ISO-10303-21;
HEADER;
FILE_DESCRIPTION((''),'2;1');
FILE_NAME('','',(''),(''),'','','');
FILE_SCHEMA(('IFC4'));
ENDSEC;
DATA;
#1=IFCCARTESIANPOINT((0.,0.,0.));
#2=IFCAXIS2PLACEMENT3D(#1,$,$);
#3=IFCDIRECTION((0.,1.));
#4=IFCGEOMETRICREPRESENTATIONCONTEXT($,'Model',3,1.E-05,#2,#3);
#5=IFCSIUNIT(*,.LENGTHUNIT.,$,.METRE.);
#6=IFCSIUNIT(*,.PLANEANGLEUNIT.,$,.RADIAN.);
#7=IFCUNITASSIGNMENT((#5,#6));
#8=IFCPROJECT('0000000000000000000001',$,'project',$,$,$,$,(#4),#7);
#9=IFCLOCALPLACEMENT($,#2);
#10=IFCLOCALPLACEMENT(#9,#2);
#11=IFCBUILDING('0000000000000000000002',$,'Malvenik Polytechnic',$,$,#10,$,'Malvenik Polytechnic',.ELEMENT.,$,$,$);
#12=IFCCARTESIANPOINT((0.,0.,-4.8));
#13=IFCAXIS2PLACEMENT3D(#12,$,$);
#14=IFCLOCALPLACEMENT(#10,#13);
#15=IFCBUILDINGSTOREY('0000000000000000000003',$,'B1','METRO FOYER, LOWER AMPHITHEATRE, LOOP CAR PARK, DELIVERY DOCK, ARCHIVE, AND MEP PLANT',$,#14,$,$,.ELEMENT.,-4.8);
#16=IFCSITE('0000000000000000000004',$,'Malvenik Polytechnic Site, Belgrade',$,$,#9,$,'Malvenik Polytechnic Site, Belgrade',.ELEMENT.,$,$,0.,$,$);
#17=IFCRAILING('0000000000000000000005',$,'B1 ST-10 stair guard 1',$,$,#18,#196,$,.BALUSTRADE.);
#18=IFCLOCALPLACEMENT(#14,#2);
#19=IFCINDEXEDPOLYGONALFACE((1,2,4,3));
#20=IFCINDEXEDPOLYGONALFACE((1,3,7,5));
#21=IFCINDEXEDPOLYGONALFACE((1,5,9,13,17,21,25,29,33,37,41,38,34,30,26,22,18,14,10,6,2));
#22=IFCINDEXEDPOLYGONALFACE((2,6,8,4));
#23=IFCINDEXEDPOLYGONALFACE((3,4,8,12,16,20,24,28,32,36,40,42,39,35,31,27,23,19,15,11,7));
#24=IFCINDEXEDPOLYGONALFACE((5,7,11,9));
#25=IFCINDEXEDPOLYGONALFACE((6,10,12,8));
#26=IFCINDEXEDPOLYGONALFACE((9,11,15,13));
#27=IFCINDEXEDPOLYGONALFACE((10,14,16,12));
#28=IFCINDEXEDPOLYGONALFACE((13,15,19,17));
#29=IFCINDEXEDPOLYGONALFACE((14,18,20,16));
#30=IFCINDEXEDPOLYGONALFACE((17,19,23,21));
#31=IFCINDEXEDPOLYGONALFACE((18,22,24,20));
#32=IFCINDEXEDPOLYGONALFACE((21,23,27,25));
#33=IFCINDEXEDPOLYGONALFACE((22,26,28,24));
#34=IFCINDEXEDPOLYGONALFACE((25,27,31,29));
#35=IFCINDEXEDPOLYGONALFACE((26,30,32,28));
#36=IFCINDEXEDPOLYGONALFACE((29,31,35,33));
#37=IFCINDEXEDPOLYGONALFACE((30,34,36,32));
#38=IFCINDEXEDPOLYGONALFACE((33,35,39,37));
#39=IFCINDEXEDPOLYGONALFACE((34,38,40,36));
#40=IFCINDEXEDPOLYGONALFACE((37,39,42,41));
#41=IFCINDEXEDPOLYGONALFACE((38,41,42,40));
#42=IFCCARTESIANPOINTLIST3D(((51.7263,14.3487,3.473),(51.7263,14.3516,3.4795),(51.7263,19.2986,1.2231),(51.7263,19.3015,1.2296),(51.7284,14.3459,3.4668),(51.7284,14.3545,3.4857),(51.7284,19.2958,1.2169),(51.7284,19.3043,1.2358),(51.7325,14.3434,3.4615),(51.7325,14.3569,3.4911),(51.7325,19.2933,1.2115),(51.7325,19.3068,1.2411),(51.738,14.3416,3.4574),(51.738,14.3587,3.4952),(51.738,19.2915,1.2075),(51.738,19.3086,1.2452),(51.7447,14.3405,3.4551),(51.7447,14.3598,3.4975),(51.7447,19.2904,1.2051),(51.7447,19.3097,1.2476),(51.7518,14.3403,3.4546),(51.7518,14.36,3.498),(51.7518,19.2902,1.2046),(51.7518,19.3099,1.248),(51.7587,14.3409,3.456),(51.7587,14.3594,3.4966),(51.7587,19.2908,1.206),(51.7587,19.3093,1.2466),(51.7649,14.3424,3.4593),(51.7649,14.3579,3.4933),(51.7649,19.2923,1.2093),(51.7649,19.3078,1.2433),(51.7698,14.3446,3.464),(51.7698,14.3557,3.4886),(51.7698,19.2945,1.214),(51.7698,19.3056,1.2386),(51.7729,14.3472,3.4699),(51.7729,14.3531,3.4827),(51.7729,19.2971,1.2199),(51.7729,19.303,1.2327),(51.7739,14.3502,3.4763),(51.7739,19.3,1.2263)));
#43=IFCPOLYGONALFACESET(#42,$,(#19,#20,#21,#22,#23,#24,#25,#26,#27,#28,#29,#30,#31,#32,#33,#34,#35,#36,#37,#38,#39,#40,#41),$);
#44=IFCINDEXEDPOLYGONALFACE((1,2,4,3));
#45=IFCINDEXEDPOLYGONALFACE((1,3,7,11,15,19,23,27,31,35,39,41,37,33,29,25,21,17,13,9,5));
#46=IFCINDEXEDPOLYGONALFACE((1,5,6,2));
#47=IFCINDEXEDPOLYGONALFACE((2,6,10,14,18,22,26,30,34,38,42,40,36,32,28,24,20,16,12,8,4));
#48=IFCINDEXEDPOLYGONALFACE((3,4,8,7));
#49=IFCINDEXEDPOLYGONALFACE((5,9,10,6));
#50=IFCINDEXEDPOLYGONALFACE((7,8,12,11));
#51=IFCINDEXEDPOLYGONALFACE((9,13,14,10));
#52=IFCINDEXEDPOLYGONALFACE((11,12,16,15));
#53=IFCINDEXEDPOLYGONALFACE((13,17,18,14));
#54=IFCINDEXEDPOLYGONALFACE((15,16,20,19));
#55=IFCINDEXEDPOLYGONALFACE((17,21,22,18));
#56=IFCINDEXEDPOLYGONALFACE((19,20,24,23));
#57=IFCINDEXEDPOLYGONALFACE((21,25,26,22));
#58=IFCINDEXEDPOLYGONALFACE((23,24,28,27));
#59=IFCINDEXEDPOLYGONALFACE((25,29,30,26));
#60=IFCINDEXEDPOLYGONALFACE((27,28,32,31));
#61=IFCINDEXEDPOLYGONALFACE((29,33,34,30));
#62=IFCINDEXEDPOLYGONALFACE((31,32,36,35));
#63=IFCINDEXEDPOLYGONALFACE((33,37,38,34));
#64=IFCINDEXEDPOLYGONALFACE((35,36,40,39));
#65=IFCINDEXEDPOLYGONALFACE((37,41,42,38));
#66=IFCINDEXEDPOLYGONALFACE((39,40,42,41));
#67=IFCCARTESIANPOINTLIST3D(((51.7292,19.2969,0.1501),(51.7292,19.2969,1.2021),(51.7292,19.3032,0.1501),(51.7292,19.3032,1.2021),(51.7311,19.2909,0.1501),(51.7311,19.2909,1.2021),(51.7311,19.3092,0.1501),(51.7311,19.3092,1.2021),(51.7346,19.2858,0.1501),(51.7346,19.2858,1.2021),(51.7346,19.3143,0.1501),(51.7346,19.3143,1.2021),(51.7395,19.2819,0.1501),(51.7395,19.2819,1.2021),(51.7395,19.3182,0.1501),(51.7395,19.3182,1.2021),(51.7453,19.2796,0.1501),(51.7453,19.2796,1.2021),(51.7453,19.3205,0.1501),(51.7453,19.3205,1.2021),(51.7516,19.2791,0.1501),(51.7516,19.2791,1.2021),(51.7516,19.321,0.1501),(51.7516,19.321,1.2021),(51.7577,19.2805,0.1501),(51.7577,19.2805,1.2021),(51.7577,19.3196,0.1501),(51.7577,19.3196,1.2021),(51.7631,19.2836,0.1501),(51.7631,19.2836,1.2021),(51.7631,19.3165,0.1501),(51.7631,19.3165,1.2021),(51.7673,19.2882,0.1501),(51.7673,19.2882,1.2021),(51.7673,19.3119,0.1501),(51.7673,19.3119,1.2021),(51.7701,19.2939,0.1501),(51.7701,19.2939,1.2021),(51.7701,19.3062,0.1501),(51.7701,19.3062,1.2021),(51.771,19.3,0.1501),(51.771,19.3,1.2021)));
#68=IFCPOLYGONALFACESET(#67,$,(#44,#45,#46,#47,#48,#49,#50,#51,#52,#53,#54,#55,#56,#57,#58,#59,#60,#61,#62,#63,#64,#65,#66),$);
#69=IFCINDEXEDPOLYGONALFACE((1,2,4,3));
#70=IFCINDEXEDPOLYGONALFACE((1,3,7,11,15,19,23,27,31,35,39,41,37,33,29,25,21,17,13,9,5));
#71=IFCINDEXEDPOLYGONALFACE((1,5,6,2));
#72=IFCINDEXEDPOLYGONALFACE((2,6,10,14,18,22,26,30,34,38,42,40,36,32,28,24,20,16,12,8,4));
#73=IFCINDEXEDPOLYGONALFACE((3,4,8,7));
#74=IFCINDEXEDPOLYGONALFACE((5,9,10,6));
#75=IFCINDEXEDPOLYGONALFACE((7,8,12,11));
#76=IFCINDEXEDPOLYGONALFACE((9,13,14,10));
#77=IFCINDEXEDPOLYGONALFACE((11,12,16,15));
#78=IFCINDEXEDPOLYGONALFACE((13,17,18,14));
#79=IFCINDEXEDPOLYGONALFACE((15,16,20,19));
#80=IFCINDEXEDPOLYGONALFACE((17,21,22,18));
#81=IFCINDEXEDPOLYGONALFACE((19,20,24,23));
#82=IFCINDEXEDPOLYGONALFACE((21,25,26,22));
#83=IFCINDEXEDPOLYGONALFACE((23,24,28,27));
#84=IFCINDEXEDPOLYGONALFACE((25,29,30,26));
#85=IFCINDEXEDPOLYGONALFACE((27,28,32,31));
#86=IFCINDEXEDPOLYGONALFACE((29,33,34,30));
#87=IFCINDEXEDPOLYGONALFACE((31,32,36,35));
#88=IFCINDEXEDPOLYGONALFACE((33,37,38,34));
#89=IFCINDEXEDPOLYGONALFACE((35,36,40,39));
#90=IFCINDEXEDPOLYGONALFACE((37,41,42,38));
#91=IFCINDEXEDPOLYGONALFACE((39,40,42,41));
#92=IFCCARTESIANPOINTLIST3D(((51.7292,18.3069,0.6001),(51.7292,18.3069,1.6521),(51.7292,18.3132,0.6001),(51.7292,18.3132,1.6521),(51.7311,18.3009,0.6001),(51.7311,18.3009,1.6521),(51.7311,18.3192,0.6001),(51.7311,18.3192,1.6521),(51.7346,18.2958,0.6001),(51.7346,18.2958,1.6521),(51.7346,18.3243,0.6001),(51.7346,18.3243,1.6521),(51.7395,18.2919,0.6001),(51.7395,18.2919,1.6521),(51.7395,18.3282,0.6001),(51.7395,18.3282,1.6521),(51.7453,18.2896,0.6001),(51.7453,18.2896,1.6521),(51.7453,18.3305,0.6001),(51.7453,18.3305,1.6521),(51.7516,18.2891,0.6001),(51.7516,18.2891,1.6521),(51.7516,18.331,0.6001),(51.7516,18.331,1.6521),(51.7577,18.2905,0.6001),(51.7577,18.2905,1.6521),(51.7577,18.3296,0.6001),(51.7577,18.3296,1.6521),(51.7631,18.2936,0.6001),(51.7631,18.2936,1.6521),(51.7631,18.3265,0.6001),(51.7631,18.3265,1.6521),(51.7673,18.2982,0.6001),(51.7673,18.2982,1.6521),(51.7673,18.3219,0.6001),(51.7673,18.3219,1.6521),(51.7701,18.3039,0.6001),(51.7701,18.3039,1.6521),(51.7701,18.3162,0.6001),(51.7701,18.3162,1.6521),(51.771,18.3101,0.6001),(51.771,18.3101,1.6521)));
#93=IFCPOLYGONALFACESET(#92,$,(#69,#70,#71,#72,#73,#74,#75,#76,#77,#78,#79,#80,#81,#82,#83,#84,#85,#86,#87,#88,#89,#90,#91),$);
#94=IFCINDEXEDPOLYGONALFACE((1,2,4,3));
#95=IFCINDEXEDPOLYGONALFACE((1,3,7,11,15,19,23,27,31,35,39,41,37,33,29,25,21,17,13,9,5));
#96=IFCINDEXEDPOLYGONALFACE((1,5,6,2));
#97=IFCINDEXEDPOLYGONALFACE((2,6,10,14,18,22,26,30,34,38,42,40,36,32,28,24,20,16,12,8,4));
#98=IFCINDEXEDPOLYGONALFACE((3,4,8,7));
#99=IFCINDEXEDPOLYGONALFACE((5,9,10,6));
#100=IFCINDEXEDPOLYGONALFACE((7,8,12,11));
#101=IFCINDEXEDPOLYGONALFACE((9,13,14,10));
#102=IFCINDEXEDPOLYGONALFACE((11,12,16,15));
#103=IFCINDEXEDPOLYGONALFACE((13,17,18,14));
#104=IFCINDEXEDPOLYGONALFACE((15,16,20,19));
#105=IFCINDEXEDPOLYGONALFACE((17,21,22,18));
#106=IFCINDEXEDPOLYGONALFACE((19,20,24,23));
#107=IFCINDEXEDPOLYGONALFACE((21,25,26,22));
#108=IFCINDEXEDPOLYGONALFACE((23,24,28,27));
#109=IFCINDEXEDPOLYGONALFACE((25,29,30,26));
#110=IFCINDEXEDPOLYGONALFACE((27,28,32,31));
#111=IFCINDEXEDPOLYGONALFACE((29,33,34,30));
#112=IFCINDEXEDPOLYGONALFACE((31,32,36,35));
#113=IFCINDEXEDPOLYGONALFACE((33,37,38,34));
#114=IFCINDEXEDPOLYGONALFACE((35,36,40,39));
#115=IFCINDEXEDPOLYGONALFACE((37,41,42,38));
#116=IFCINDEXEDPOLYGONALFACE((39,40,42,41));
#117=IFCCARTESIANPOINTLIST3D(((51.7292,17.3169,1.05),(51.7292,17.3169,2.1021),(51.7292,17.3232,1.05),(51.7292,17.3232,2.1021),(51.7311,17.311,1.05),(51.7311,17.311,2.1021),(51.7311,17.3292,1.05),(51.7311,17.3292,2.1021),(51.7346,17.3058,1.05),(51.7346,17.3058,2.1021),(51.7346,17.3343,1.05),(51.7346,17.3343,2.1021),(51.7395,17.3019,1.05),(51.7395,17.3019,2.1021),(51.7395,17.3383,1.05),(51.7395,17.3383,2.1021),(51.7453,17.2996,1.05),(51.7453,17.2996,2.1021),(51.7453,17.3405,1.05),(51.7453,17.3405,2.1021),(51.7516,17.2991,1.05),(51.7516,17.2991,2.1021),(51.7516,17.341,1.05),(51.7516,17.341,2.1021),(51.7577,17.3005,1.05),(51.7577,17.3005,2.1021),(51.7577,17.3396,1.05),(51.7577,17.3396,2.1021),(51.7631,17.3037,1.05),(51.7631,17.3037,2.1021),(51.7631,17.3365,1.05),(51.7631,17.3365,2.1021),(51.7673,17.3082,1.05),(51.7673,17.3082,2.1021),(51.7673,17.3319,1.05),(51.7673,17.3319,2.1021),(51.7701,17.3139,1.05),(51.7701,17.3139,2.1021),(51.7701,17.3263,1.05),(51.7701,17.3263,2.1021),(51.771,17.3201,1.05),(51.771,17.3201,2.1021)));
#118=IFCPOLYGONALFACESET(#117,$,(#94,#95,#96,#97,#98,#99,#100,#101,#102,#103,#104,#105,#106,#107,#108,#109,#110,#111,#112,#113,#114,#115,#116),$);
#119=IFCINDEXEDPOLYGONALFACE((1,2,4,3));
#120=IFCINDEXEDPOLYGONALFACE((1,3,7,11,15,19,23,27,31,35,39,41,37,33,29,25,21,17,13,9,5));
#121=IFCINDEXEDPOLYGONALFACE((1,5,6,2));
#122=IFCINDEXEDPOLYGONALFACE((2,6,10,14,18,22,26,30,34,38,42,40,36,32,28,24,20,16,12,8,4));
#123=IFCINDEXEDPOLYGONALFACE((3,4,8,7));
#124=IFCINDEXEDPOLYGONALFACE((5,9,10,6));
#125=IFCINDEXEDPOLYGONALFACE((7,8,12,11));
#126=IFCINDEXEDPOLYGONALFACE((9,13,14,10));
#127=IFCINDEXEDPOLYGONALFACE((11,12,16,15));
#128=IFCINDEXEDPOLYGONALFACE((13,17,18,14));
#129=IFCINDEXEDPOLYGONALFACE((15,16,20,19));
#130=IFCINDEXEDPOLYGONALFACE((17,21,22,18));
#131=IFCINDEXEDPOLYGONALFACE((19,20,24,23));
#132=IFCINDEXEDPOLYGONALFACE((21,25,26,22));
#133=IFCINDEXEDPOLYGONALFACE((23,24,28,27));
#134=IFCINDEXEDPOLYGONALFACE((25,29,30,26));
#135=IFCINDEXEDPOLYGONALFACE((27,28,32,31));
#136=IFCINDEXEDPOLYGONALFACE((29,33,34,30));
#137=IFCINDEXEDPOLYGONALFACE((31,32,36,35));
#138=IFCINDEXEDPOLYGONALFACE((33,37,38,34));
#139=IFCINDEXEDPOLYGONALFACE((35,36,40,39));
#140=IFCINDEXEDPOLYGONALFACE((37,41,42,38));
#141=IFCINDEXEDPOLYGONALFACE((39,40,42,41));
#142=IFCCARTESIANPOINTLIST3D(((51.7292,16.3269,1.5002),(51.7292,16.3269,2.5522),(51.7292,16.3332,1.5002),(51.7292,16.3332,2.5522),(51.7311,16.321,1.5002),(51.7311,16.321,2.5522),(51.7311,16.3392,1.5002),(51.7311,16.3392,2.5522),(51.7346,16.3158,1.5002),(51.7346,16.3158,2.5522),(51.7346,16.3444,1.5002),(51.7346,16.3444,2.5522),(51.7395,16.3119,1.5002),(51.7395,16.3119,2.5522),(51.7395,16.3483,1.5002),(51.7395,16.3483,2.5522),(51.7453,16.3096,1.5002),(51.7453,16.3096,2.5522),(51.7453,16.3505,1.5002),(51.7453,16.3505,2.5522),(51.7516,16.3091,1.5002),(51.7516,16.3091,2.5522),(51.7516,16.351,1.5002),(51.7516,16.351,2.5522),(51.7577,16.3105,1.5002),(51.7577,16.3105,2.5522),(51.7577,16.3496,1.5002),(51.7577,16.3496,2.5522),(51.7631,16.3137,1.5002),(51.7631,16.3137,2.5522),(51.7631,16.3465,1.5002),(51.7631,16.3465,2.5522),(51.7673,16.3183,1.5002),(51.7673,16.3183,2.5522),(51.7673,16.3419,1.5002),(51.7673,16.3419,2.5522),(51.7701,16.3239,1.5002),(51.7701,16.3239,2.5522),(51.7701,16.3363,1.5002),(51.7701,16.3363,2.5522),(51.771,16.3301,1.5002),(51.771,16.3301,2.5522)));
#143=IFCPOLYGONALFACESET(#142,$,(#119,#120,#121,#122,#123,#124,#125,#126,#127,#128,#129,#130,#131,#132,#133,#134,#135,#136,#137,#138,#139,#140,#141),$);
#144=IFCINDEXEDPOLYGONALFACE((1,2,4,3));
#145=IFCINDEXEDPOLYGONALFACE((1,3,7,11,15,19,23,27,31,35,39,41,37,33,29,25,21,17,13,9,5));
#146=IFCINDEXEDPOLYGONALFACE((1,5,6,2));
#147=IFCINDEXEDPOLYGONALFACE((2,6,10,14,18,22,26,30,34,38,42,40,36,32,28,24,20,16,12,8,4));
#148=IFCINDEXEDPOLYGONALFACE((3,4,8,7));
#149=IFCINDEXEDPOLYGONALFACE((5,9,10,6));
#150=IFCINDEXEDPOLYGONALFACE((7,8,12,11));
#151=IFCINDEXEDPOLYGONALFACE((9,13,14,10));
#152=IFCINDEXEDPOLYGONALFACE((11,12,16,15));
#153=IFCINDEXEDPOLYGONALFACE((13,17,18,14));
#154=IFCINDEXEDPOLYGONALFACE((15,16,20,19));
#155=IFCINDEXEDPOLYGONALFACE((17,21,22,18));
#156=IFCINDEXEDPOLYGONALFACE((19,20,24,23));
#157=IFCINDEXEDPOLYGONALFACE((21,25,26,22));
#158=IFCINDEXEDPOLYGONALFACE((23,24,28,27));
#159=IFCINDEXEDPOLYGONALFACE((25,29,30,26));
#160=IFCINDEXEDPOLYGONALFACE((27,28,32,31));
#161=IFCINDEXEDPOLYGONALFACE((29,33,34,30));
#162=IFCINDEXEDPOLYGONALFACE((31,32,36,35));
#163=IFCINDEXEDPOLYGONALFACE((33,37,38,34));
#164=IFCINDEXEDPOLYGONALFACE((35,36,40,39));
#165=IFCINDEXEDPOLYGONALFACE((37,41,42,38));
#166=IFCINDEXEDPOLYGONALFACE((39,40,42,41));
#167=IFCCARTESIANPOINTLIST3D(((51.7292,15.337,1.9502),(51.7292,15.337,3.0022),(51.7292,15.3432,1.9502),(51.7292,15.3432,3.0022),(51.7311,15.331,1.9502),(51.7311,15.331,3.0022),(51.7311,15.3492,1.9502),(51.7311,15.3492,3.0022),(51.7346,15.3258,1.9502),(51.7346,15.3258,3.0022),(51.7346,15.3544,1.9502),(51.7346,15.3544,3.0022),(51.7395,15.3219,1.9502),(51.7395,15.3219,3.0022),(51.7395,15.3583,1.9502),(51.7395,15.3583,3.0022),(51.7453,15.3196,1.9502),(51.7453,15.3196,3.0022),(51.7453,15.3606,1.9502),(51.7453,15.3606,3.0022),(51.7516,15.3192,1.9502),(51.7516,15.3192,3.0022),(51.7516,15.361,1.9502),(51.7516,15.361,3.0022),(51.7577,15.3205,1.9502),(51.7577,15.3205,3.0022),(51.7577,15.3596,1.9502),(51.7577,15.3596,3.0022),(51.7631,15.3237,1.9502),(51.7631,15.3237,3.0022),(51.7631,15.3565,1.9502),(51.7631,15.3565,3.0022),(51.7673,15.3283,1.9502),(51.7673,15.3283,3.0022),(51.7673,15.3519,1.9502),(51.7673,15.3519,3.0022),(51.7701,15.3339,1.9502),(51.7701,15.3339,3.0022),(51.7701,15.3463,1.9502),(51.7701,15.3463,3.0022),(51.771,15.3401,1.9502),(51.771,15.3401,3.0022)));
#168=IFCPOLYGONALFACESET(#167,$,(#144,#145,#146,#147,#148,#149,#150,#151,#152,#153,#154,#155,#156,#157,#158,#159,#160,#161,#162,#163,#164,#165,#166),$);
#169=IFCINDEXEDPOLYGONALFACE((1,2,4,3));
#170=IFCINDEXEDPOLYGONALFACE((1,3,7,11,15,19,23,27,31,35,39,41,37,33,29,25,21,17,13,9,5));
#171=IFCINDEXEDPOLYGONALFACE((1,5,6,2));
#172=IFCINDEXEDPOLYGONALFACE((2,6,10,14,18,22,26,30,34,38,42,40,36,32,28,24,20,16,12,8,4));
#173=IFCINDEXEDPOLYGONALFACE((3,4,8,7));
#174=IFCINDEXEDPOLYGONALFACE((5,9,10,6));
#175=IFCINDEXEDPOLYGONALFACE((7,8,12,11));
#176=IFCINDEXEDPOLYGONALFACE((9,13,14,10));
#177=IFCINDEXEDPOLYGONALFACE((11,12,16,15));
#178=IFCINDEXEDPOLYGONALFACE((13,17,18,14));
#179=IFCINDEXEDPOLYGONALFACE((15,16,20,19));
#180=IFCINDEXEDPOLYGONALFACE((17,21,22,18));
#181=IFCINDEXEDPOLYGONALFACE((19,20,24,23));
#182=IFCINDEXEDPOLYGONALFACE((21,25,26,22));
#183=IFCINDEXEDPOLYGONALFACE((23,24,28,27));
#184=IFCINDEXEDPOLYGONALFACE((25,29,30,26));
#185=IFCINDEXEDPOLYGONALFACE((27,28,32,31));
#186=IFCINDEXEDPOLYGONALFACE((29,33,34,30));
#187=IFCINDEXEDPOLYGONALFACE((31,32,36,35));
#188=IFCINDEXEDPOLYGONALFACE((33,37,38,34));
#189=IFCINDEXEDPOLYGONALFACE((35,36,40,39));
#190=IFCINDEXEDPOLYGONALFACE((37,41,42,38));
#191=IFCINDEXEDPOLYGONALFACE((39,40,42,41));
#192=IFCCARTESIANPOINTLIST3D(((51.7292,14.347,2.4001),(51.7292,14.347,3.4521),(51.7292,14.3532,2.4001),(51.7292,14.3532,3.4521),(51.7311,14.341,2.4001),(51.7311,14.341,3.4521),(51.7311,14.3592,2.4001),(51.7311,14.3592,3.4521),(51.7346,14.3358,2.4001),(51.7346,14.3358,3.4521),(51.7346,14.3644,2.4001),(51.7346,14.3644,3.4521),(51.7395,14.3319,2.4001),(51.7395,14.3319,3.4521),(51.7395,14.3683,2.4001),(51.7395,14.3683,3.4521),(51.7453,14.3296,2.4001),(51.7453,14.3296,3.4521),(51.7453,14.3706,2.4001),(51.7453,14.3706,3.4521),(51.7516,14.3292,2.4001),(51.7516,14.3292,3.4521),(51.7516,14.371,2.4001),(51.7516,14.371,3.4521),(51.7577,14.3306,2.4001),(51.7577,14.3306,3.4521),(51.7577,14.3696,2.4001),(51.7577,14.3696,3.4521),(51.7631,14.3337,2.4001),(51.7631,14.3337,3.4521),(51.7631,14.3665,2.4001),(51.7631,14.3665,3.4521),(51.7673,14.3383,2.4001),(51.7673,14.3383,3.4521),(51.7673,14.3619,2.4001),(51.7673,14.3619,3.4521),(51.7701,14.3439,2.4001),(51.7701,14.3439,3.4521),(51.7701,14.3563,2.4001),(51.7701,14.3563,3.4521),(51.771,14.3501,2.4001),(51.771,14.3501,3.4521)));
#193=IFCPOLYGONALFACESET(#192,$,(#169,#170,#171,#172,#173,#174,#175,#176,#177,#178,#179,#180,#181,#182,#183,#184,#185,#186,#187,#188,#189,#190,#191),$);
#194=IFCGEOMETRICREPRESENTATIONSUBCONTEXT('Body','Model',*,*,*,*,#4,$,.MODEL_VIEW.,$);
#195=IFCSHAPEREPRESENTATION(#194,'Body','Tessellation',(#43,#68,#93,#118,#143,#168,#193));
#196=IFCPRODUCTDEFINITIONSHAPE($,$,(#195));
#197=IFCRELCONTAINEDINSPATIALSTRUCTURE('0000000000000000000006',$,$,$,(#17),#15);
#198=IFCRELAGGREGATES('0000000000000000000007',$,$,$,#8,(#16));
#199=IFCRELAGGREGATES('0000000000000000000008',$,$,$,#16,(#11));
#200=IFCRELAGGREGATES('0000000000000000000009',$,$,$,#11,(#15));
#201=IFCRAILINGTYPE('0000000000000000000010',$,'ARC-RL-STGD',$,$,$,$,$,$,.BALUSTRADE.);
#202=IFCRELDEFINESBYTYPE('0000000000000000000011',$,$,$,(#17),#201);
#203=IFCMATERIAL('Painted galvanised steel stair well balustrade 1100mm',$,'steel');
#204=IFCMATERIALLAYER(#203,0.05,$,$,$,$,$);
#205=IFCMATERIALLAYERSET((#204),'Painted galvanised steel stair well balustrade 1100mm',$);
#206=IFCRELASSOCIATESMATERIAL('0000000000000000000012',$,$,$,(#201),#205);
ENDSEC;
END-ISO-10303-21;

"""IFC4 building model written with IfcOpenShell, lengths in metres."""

from ifc_helpers import new_model, si_unit, direction, frame, origin, origin_2d, place, context, subcontext, project, spatial, circle, extrude, material, layer, layer_set, type_object, element, save


model = new_model("IFC4")

# Units and contexts
model_context = context("Model", 3, precision=1e-05, world=origin(), true_north=direction((0.0, 1.0)))
body_context = subcontext(model_context, "Body", "Model", "MODEL_VIEW")
ifc_project = project(units=[si_unit("LENGTHUNIT", "METRE"), si_unit("PLANEANGLEUNIT", "RADIAN")], contexts=[model_context])

# Site, building, storey
site_placement = place(None, origin())
site = spatial("IfcSite", under=ifc_project, at=site_placement, Name="Malvenik Polytechnic Site, Belgrade", LongName="Malvenik Polytechnic Site, Belgrade", CompositionType="ELEMENT", RefElevation=0.0)
building_placement = place(site_placement, origin())
building = spatial("IfcBuilding", under=site, at=building_placement, Name="Malvenik Polytechnic", LongName="Malvenik Polytechnic", CompositionType="ELEMENT")
storey_placement = place(building_placement, frame((0.0, 0.0, -4.8)))
storey = spatial("IfcBuildingStorey", under=building, at=storey_placement, Name="B1", Description="METRO FOYER, LOWER AMPHITHEATRE, LOOP CAR PARK, DELIVERY DOCK, ARCHIVE, AND MEP PLANT", CompositionType="ELEMENT", Elevation=-4.8)

# Railing
ifc_material_1 = material(Name="Painted galvanised steel stair well balustrade 1100mm", Category="steel")
ifc_layer_1 = layer(ifc_material_1, 0.05)
ifc_layer_set_1 = layer_set([ifc_layer_1], Name="Painted galvanised steel stair well balustrade 1100mm")
railing_type_1 = type_object("IfcRailingType", Name="ARC-RL-STGD", PredefinedType="BALUSTRADE", material=ifc_layer_set_1)
railing_1_placement = place(storey_placement, frame((51.75, 19.3, 0.1501)))
element("IfcRailing", 1, at=railing_1_placement, inside=storey, type_object=railing_type_1, Name="B1 ST-10 stair guard 1", PredefinedType="BALUSTRADE", context=body_context, shape_type="SweptSolid", body=[
    extrude(circle(Radius=0.0239, at=origin_2d()), frame((0.0, 0.0, 1.0762), z_axis=(0.0, -0.910365, 0.413806), x_axis=(1.0, 0.0, 0.0)), (0.0, 0.0, 1.0), 5.4373),
    extrude(circle(Radius=0.021, at=origin_2d()), origin(), (0.0, 0.0, 1.0), 1.052),
    extrude(circle(Radius=0.021, at=origin_2d()), frame((0.0, -0.99, 0.45)), (0.0, 0.0, 1.0), 1.052),
    extrude(circle(Radius=0.021, at=origin_2d()), frame((0.0, -1.98, 0.8999)), (0.0, 0.0, 1.0), 1.052),
    extrude(circle(Radius=0.021, at=origin_2d()), frame((0.0, -2.97, 1.3501)), (0.0, 0.0, 1.0), 1.052),
    extrude(circle(Radius=0.021, at=origin_2d()), frame((0.0, -3.96, 1.8)), (0.0, 0.0, 1.0), 1.052),
    extrude(circle(Radius=0.021, at=origin_2d()), frame((0.0, -4.95, 2.25)), (0.0, 0.0, 1.0), 1.052),
])

save(model, "model.ifc")
